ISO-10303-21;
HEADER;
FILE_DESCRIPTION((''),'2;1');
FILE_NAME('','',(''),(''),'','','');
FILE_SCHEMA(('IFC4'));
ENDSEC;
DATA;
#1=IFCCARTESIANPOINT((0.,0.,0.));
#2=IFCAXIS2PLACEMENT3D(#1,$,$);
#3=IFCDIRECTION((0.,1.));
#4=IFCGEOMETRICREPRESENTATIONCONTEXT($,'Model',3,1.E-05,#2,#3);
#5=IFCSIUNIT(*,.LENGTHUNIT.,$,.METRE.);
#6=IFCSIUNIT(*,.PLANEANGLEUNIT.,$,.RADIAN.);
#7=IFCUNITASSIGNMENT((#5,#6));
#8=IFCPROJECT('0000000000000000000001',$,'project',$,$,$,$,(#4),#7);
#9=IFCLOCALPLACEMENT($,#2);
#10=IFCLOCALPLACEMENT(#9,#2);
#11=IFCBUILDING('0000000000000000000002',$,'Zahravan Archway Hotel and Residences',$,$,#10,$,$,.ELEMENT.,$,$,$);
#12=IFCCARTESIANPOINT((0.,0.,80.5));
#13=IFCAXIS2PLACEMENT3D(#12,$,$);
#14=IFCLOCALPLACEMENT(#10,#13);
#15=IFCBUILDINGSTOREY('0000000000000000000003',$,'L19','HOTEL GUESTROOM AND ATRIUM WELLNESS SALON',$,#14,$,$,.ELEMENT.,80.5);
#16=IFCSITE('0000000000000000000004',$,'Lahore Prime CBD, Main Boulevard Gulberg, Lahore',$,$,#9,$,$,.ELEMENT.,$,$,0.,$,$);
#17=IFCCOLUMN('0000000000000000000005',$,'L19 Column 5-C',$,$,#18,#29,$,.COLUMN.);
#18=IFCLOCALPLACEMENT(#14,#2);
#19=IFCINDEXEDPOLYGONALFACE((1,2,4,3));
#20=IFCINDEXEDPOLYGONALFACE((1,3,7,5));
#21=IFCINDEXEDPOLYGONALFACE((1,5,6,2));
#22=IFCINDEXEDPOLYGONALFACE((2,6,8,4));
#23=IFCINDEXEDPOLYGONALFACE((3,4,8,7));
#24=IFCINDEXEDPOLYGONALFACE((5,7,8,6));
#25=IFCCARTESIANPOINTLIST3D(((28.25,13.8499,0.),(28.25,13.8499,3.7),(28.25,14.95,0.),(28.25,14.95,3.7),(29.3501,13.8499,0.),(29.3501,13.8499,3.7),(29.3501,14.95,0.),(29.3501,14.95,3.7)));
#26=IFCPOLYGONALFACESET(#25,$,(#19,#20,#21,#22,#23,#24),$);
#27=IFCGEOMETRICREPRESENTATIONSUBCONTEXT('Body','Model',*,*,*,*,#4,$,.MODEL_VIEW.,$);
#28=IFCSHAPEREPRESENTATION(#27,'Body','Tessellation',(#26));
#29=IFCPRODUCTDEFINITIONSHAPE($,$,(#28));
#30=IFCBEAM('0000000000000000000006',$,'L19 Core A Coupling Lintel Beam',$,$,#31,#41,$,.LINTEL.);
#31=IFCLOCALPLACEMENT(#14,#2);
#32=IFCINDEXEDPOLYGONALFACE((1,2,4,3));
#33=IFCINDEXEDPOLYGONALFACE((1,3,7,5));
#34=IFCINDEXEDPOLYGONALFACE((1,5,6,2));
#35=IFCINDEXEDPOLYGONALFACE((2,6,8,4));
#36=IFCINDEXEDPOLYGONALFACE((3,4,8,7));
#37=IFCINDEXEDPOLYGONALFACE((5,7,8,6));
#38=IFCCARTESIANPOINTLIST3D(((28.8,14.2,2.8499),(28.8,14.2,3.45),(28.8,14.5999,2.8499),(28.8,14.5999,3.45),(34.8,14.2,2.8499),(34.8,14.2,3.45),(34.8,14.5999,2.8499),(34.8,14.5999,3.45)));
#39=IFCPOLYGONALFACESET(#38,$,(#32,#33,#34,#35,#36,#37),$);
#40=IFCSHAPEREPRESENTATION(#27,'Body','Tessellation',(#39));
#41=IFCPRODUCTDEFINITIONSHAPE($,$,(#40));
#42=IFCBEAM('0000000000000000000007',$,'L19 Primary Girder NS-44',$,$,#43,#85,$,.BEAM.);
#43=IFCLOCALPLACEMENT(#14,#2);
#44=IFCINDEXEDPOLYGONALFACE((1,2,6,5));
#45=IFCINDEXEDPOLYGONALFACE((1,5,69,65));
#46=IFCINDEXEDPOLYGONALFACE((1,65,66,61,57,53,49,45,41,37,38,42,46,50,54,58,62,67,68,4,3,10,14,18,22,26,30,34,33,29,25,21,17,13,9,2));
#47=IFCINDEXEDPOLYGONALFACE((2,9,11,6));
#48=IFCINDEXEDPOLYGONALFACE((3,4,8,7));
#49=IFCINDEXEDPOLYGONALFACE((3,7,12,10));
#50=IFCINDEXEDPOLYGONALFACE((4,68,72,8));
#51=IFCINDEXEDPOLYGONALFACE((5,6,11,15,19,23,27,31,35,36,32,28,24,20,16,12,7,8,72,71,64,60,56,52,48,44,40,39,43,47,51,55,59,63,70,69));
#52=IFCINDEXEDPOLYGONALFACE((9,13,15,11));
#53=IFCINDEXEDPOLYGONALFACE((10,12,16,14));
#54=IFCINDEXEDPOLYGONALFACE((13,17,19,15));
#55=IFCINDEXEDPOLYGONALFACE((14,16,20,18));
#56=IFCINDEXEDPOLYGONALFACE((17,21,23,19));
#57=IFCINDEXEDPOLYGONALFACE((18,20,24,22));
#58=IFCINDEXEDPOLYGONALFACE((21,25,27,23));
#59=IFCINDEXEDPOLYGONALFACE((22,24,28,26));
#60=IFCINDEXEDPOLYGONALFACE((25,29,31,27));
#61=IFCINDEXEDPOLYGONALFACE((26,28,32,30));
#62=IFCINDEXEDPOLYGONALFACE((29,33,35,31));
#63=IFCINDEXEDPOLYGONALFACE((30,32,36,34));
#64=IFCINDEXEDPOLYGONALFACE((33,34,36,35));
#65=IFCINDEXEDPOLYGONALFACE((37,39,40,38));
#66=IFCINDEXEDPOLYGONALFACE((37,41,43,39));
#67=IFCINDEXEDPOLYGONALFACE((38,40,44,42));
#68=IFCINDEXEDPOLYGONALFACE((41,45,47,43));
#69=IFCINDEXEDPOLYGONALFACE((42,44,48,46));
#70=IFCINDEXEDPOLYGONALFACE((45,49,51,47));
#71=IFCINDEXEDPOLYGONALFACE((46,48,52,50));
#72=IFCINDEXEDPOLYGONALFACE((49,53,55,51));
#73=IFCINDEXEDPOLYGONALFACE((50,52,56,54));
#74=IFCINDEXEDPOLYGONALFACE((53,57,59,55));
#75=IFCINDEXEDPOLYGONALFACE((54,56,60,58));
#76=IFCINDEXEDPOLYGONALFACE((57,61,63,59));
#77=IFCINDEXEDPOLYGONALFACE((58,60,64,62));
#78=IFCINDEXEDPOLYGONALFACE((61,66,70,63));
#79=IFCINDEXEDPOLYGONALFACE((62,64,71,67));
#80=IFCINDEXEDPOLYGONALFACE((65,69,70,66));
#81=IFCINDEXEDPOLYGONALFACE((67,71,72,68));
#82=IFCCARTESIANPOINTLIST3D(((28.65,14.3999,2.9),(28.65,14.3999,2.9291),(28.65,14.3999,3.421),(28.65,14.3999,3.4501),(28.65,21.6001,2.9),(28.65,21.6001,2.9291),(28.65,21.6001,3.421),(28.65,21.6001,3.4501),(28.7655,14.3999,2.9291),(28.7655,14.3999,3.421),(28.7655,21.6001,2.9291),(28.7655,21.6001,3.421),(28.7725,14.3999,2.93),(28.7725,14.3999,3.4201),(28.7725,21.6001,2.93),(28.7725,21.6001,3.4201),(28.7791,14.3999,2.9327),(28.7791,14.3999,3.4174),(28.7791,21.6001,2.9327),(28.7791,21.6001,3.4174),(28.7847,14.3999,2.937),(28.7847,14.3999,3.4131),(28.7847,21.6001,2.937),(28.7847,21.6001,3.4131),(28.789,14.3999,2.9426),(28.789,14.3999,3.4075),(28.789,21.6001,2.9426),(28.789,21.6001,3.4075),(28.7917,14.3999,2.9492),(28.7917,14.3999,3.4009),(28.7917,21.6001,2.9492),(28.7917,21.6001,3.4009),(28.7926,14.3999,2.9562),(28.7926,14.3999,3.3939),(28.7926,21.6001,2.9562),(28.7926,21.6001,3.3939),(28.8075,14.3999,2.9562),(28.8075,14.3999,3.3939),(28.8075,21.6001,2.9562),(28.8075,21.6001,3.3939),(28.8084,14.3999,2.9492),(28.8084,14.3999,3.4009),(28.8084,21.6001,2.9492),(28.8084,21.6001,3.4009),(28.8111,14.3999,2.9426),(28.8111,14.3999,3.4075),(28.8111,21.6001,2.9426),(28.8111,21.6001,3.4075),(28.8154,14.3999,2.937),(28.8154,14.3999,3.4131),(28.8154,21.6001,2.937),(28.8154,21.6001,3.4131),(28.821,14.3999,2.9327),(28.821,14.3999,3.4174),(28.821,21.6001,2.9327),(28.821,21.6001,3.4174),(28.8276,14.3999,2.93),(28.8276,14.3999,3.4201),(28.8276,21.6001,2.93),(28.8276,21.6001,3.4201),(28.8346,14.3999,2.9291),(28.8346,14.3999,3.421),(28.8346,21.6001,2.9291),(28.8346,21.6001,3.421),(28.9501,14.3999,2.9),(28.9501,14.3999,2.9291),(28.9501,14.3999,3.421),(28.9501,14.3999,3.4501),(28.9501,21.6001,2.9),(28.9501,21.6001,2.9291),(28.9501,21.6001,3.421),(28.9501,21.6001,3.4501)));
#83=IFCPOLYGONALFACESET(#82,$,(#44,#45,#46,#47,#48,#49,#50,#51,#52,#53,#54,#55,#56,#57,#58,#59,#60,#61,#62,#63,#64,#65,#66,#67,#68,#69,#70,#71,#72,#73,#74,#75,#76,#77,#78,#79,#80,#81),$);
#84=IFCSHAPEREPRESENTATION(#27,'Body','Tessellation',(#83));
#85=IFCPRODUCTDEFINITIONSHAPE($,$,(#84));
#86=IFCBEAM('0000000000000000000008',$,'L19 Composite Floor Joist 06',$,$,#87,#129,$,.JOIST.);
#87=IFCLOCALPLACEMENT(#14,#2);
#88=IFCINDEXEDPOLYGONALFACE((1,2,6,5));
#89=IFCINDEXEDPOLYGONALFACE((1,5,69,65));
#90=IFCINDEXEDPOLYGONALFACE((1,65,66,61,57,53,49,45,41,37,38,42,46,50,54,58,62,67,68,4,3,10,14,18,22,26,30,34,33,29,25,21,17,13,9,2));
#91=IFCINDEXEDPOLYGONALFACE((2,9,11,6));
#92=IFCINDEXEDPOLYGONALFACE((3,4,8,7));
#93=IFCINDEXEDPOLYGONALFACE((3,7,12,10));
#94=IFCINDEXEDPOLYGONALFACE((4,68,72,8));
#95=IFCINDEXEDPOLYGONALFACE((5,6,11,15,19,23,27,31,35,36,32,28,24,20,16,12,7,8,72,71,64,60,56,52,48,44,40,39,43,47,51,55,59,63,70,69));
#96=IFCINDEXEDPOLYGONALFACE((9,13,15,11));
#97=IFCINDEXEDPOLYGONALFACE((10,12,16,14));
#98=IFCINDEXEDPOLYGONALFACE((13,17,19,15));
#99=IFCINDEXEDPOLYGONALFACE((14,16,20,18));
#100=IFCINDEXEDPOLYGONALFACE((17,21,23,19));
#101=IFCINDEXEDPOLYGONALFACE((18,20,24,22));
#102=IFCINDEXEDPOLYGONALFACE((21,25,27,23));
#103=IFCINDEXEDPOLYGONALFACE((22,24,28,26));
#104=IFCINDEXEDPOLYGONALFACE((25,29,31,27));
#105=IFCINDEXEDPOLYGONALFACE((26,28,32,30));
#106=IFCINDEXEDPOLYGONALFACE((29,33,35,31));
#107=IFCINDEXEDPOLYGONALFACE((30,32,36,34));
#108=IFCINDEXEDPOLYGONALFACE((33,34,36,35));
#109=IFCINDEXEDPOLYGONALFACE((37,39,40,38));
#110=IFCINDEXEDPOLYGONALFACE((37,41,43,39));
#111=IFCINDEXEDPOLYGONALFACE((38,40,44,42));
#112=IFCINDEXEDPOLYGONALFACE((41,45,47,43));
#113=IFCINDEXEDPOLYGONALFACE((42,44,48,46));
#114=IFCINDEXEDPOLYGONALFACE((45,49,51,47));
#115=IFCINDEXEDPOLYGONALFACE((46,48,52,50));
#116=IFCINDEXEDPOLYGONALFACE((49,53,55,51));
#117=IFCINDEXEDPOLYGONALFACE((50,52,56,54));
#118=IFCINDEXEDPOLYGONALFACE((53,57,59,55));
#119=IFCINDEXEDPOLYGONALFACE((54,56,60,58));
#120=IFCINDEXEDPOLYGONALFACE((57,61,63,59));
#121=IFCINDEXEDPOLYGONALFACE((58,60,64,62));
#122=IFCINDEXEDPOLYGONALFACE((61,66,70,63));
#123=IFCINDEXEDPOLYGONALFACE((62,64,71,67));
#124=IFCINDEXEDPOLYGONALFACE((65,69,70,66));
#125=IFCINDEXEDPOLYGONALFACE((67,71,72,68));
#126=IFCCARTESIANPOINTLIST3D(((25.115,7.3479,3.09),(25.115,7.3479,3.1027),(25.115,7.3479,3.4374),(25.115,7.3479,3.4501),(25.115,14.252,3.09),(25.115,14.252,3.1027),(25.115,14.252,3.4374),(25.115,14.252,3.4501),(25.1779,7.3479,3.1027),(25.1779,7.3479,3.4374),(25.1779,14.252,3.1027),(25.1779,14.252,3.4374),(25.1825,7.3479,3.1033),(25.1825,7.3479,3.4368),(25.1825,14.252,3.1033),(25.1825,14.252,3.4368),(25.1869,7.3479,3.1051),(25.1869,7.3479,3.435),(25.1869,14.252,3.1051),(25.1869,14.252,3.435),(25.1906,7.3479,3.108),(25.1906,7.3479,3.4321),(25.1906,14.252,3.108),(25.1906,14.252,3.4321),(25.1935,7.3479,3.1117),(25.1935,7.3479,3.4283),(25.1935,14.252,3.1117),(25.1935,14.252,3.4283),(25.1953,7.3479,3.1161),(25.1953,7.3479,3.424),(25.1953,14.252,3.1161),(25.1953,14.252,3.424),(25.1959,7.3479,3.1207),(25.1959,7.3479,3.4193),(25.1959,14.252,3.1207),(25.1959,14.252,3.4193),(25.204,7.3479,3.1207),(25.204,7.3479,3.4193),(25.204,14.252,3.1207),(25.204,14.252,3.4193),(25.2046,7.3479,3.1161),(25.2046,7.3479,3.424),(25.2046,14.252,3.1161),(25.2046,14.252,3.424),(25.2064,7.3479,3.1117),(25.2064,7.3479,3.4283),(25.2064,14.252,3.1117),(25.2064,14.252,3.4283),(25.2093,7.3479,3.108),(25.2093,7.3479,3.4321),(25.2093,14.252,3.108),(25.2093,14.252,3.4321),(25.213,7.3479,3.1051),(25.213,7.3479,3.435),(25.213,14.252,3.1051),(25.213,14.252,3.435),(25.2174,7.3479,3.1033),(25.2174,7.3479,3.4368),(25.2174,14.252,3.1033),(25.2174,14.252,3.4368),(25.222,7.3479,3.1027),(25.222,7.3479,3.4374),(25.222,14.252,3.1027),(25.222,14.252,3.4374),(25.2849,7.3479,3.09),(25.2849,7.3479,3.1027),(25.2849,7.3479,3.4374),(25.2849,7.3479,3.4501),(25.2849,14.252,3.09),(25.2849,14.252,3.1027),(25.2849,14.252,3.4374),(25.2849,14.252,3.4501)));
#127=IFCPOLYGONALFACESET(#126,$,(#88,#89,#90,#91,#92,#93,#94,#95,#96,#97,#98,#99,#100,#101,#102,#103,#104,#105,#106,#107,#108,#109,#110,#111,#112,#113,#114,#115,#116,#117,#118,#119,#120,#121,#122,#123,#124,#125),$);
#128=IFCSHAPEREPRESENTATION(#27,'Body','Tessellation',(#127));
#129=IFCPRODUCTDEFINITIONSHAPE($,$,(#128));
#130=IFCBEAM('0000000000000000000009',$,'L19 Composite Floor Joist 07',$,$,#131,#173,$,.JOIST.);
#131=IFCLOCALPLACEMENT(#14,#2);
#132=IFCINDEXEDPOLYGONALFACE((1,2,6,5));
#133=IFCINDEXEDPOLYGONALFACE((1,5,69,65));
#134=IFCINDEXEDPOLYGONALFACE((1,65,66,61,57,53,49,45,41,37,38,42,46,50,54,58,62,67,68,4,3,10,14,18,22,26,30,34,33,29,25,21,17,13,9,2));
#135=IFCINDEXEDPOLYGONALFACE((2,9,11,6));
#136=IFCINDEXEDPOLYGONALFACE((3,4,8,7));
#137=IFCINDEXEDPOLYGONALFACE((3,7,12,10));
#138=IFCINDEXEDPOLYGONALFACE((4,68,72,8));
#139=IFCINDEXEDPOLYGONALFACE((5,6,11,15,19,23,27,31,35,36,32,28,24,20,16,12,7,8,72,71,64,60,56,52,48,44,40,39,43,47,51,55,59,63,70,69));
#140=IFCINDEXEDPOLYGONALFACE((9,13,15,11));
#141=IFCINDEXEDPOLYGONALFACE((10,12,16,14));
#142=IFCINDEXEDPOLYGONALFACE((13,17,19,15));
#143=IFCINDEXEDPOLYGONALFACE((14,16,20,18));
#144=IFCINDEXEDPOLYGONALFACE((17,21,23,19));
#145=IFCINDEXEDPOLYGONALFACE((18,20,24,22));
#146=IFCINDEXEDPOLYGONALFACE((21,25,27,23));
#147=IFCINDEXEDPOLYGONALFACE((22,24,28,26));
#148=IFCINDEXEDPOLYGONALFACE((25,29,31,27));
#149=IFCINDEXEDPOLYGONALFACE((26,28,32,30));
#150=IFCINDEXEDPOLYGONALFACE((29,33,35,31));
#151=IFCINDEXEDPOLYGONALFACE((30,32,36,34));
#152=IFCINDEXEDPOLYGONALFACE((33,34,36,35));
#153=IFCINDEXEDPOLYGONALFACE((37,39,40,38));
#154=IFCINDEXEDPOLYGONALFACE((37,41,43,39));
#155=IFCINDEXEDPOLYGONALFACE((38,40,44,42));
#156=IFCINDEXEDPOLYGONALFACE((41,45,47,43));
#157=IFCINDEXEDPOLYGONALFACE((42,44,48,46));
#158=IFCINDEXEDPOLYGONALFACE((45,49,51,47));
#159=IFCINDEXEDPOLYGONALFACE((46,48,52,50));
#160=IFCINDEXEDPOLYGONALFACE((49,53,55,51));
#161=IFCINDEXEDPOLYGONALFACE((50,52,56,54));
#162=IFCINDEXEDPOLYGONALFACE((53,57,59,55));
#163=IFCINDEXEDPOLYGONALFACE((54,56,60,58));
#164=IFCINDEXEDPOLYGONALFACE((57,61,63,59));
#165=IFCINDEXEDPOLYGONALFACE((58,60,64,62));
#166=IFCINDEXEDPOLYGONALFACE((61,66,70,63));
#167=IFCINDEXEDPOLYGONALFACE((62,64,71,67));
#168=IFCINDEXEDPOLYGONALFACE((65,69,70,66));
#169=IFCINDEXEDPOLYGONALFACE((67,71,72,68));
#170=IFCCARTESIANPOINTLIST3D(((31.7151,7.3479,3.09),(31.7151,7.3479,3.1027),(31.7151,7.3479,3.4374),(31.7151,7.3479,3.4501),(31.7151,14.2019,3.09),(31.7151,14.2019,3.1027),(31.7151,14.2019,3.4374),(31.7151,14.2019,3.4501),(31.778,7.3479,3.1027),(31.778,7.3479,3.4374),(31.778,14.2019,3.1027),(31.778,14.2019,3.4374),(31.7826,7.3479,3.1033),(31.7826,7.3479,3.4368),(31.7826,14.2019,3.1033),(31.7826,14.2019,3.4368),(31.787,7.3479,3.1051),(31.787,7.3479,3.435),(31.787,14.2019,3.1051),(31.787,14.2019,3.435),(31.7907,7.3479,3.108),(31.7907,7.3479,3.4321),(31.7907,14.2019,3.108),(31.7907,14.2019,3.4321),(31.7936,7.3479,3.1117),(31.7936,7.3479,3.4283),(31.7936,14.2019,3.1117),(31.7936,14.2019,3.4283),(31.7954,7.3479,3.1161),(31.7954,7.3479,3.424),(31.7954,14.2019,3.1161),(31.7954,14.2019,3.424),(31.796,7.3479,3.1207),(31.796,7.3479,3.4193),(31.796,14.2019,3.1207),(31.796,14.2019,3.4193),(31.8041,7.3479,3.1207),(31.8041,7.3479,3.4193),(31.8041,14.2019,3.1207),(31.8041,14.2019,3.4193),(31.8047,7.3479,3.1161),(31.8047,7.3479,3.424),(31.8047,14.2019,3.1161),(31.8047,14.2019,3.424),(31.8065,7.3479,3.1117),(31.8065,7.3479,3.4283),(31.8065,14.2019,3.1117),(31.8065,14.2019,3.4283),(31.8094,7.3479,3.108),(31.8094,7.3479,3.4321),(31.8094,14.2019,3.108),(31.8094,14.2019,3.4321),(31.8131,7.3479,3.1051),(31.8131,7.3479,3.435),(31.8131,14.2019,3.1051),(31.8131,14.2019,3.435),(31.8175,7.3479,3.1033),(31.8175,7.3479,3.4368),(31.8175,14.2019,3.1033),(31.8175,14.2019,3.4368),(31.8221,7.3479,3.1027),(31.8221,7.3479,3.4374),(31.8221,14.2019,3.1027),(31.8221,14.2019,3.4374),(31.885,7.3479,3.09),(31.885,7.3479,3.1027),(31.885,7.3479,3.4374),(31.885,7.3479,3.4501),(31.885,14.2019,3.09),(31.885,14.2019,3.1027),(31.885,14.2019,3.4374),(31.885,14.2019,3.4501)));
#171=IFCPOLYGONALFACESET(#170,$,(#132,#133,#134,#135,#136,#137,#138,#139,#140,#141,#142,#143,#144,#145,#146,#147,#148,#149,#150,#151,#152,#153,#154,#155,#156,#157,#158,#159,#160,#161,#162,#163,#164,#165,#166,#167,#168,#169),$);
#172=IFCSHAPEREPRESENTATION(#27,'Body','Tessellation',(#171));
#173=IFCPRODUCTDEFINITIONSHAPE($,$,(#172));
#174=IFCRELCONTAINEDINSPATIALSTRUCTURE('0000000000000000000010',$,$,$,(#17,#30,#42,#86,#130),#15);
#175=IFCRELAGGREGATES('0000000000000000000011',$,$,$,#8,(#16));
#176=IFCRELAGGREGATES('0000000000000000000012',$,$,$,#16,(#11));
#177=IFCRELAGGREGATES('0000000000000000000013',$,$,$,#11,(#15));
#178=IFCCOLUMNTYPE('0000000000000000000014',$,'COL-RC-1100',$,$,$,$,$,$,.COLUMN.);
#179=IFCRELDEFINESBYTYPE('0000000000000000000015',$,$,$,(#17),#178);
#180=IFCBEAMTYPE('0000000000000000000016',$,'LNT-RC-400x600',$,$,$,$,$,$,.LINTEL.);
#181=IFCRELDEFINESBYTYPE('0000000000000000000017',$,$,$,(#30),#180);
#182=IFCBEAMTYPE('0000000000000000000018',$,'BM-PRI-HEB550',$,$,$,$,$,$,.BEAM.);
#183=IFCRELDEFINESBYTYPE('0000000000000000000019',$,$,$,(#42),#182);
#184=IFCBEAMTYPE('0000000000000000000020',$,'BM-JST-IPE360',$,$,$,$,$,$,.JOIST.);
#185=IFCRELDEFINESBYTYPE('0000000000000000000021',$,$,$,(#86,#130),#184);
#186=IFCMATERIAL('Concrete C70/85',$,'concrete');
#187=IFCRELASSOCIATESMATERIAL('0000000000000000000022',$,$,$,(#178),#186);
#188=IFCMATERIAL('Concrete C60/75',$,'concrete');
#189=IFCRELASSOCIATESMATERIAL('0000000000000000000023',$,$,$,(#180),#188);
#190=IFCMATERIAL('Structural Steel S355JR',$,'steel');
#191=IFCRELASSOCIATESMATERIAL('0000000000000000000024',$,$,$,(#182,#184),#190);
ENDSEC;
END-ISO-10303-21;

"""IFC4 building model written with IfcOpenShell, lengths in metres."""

from ifc_helpers import new_model, si_unit, direction, frame, origin, origin_2d, place, context, subcontext, project, spatial, rectangle, i_section, extrude, source, transform, mapped, material, material_profile, profile_set, type_object, type_shapes, element, save


model = new_model("IFC4")

# Units and contexts
model_context = context("Model", 3, precision=1e-05, world=origin(), true_north=direction((0.0, 1.0)))
body_context = subcontext(model_context, "Body", "Model", "MODEL_VIEW")
ifc_project = project(units=[si_unit("LENGTHUNIT", "METRE"), si_unit("PLANEANGLEUNIT", "RADIAN")], contexts=[model_context])

# Site, building, storey
site_placement = place(None, origin())
site = spatial("IfcSite", under=ifc_project, at=site_placement, Name="Lahore Prime CBD, Main Boulevard Gulberg, Lahore", CompositionType="ELEMENT", RefElevation=0.0)
building_placement = place(site_placement, origin())
building = spatial("IfcBuilding", under=site, at=building_placement, Name="Zahravan Archway Hotel and Residences", CompositionType="ELEMENT")
storey_placement = place(building_placement, frame((0.0, 0.0, 80.5)))
storey = spatial("IfcBuildingStorey", under=building, at=storey_placement, Name="L19", Description="HOTEL GUESTROOM AND ATRIUM WELLNESS SALON", CompositionType="ELEMENT", Elevation=80.5)

# Column
ifc_material_1 = material(Name="Concrete C70/85", Category="concrete")
ifc_material_profile_1 = material_profile(ifc_material_1, rectangle(XDim=1.1001, YDim=1.1001, at=origin_2d()), Name="RC 1100x1100", Category="concrete")
ifc_profile_set_1 = profile_set([ifc_material_profile_1], Name="Concrete C70/85")
column_type = type_object("IfcColumnType", Name="COL-RC-1100", PredefinedType="COLUMN", material=ifc_profile_set_1)
shared_shape_1 = source(origin(), body_context, "Body", "SweptSolid", [
    extrude(rectangle(XDim=1.1001, YDim=1.1001, at=origin_2d()), origin(), (0.0, 0.0, 1.0), 3.7),
])
column_placement = place(storey_placement, frame((28.8, 14.3999, 0.0), z_axis=(0.0, 0.0, 1.0), x_axis=(1.0, 0.0, 0.0)))
element("IfcColumn", 1, at=column_placement, inside=storey, type_object=column_type, Name="L19 Column 5-C", PredefinedType="COLUMN", context=body_context, shape_type="MappedRepresentation", body=[
    mapped(shared_shape_1, transform((0.0, 0.0, 0.0), scale=1.0)),
])

# Beams
ifc_material_2 = material(Name="Concrete C60/75", Category="concrete")
ifc_material_profile_2 = material_profile(ifc_material_2, rectangle(XDim=0.3999, YDim=0.6001, at=origin_2d()), Name="RC-LNT-400x600", Category="concrete")
ifc_profile_set_2 = profile_set([ifc_material_profile_2], Name="Concrete C60/75")
beam_type_1 = type_object("IfcBeamType", Name="LNT-RC-400x600", PredefinedType="LINTEL", material=ifc_profile_set_2)
shared_shape_2 = source(origin(), body_context, "Body", "SweptSolid", [
    extrude(rectangle(XDim=0.3999, YDim=0.6001, at=origin_2d()), origin(), (0.0, 0.0, 1.0), 6.0),
])
type_shapes(beam_type_1, [shared_shape_2])
beam_1_placement = place(storey_placement, frame((28.8, 14.3999, 3.1499), z_axis=(1.0, 0.0, 0.0), x_axis=(0.0, 1.0, 0.0)))
element("IfcBeam", 2, at=beam_1_placement, inside=storey, type_object=beam_type_1, Name="L19 Core A Coupling Lintel Beam", PredefinedType="LINTEL", context=body_context, shape_type="MappedRepresentation", body=[
    mapped(shared_shape_2, transform((0.0, 0.0, 0.0), scale=1.0)),
])
ifc_material_3 = material(Name="Structural Steel S355JR", Category="steel")
ifc_material_profile_3 = material_profile(ifc_material_3, i_section(OverallWidth=0.3, OverallDepth=0.55, WebThickness=0.0149, FlangeThickness=0.0291, FilletRadius=0.0271, at=origin_2d()), Name="HEB 550", Category="steel")
ifc_profile_set_3 = profile_set([ifc_material_profile_3], Name="Structural Steel S355JR")
beam_type_2 = type_object("IfcBeamType", Name="BM-PRI-HEB550", PredefinedType="BEAM", material=ifc_profile_set_3)
shared_shape_3 = source(origin(), body_context, "Body", "SweptSolid", [
    extrude(i_section(OverallWidth=0.3, OverallDepth=0.55, WebThickness=0.0149, FlangeThickness=0.0291, FilletRadius=0.0271, at=origin_2d()), origin(), (0.0, 0.0, 1.0), 7.2002),
])
type_shapes(beam_type_2, [shared_shape_3])
beam_2_placement = place(storey_placement, frame((28.8, 14.3999, 3.175), z_axis=(0.0, 1.0, 0.0), x_axis=(-1.0, 0.0, 0.0)))
element("IfcBeam", 3, at=beam_2_placement, inside=storey, type_object=beam_type_2, Name="L19 Primary Girder NS-44", PredefinedType="BEAM", context=body_context, shape_type="MappedRepresentation", body=[
    mapped(shared_shape_3, transform((0.0, 0.0, 0.0), scale=1.0)),
])
ifc_material_profile_4 = material_profile(ifc_material_3, i_section(OverallWidth=0.1699, OverallDepth=0.3601, WebThickness=0.0081, FlangeThickness=0.0127, FilletRadius=0.0181, at=origin_2d()), Name="IPE 360", Category="steel")
ifc_profile_set_4 = profile_set([ifc_material_profile_4], Name="Structural Steel S355JR")
beam_type_3 = type_object("IfcBeamType", Name="BM-JST-IPE360", PredefinedType="JOIST", material=ifc_profile_set_4)
shared_shape_4 = source(origin(), body_context, "Body", "SweptSolid", [
    extrude(i_section(OverallWidth=0.1699, OverallDepth=0.3601, WebThickness=0.0081, FlangeThickness=0.0127, FilletRadius=0.0181, at=origin_2d()), origin(), (0.0, 0.0, 1.0), 6.9041),
])
type_shapes(beam_type_3, [shared_shape_4])
beam_3_placement = place(storey_placement, frame((25.2, 7.3479, 3.27), z_axis=(0.0, 1.0, 0.0), x_axis=(-1.0, 0.0, 0.0)))
element("IfcBeam", 4, at=beam_3_placement, inside=storey, type_object=beam_type_3, Name="L19 Composite Floor Joist 06", PredefinedType="JOIST", context=body_context, shape_type="MappedRepresentation", body=[
    mapped(shared_shape_4, transform((0.0, 0.0, 0.0), scale=1.0)),
])
shared_shape_5 = source(origin(), body_context, "Body", "SweptSolid", [
    extrude(i_section(OverallWidth=0.1699, OverallDepth=0.3601, WebThickness=0.0081, FlangeThickness=0.0127, FilletRadius=0.0181, at=origin_2d()), origin(), (0.0, 0.0, 1.0), 6.854),
])
for number, where, z_axis, x_axis, name in (
    (5, (31.8, 7.3479, 3.27), (0.0, 1.0, 0.0), (-1.0, 0.0, 0.0), "L19 Composite Floor Joist 07"),
):
    element("IfcBeam", number, at=place(storey_placement, frame(where, z_axis=z_axis, x_axis=x_axis)), inside=storey, type_object=beam_type_3, Name=name, PredefinedType="JOIST", context=body_context, shape_type="MappedRepresentation", body=[
        mapped(shared_shape_5, transform((0.0, 0.0, 0.0), scale=1.0)),
    ])

save(model, "model.ifc")
